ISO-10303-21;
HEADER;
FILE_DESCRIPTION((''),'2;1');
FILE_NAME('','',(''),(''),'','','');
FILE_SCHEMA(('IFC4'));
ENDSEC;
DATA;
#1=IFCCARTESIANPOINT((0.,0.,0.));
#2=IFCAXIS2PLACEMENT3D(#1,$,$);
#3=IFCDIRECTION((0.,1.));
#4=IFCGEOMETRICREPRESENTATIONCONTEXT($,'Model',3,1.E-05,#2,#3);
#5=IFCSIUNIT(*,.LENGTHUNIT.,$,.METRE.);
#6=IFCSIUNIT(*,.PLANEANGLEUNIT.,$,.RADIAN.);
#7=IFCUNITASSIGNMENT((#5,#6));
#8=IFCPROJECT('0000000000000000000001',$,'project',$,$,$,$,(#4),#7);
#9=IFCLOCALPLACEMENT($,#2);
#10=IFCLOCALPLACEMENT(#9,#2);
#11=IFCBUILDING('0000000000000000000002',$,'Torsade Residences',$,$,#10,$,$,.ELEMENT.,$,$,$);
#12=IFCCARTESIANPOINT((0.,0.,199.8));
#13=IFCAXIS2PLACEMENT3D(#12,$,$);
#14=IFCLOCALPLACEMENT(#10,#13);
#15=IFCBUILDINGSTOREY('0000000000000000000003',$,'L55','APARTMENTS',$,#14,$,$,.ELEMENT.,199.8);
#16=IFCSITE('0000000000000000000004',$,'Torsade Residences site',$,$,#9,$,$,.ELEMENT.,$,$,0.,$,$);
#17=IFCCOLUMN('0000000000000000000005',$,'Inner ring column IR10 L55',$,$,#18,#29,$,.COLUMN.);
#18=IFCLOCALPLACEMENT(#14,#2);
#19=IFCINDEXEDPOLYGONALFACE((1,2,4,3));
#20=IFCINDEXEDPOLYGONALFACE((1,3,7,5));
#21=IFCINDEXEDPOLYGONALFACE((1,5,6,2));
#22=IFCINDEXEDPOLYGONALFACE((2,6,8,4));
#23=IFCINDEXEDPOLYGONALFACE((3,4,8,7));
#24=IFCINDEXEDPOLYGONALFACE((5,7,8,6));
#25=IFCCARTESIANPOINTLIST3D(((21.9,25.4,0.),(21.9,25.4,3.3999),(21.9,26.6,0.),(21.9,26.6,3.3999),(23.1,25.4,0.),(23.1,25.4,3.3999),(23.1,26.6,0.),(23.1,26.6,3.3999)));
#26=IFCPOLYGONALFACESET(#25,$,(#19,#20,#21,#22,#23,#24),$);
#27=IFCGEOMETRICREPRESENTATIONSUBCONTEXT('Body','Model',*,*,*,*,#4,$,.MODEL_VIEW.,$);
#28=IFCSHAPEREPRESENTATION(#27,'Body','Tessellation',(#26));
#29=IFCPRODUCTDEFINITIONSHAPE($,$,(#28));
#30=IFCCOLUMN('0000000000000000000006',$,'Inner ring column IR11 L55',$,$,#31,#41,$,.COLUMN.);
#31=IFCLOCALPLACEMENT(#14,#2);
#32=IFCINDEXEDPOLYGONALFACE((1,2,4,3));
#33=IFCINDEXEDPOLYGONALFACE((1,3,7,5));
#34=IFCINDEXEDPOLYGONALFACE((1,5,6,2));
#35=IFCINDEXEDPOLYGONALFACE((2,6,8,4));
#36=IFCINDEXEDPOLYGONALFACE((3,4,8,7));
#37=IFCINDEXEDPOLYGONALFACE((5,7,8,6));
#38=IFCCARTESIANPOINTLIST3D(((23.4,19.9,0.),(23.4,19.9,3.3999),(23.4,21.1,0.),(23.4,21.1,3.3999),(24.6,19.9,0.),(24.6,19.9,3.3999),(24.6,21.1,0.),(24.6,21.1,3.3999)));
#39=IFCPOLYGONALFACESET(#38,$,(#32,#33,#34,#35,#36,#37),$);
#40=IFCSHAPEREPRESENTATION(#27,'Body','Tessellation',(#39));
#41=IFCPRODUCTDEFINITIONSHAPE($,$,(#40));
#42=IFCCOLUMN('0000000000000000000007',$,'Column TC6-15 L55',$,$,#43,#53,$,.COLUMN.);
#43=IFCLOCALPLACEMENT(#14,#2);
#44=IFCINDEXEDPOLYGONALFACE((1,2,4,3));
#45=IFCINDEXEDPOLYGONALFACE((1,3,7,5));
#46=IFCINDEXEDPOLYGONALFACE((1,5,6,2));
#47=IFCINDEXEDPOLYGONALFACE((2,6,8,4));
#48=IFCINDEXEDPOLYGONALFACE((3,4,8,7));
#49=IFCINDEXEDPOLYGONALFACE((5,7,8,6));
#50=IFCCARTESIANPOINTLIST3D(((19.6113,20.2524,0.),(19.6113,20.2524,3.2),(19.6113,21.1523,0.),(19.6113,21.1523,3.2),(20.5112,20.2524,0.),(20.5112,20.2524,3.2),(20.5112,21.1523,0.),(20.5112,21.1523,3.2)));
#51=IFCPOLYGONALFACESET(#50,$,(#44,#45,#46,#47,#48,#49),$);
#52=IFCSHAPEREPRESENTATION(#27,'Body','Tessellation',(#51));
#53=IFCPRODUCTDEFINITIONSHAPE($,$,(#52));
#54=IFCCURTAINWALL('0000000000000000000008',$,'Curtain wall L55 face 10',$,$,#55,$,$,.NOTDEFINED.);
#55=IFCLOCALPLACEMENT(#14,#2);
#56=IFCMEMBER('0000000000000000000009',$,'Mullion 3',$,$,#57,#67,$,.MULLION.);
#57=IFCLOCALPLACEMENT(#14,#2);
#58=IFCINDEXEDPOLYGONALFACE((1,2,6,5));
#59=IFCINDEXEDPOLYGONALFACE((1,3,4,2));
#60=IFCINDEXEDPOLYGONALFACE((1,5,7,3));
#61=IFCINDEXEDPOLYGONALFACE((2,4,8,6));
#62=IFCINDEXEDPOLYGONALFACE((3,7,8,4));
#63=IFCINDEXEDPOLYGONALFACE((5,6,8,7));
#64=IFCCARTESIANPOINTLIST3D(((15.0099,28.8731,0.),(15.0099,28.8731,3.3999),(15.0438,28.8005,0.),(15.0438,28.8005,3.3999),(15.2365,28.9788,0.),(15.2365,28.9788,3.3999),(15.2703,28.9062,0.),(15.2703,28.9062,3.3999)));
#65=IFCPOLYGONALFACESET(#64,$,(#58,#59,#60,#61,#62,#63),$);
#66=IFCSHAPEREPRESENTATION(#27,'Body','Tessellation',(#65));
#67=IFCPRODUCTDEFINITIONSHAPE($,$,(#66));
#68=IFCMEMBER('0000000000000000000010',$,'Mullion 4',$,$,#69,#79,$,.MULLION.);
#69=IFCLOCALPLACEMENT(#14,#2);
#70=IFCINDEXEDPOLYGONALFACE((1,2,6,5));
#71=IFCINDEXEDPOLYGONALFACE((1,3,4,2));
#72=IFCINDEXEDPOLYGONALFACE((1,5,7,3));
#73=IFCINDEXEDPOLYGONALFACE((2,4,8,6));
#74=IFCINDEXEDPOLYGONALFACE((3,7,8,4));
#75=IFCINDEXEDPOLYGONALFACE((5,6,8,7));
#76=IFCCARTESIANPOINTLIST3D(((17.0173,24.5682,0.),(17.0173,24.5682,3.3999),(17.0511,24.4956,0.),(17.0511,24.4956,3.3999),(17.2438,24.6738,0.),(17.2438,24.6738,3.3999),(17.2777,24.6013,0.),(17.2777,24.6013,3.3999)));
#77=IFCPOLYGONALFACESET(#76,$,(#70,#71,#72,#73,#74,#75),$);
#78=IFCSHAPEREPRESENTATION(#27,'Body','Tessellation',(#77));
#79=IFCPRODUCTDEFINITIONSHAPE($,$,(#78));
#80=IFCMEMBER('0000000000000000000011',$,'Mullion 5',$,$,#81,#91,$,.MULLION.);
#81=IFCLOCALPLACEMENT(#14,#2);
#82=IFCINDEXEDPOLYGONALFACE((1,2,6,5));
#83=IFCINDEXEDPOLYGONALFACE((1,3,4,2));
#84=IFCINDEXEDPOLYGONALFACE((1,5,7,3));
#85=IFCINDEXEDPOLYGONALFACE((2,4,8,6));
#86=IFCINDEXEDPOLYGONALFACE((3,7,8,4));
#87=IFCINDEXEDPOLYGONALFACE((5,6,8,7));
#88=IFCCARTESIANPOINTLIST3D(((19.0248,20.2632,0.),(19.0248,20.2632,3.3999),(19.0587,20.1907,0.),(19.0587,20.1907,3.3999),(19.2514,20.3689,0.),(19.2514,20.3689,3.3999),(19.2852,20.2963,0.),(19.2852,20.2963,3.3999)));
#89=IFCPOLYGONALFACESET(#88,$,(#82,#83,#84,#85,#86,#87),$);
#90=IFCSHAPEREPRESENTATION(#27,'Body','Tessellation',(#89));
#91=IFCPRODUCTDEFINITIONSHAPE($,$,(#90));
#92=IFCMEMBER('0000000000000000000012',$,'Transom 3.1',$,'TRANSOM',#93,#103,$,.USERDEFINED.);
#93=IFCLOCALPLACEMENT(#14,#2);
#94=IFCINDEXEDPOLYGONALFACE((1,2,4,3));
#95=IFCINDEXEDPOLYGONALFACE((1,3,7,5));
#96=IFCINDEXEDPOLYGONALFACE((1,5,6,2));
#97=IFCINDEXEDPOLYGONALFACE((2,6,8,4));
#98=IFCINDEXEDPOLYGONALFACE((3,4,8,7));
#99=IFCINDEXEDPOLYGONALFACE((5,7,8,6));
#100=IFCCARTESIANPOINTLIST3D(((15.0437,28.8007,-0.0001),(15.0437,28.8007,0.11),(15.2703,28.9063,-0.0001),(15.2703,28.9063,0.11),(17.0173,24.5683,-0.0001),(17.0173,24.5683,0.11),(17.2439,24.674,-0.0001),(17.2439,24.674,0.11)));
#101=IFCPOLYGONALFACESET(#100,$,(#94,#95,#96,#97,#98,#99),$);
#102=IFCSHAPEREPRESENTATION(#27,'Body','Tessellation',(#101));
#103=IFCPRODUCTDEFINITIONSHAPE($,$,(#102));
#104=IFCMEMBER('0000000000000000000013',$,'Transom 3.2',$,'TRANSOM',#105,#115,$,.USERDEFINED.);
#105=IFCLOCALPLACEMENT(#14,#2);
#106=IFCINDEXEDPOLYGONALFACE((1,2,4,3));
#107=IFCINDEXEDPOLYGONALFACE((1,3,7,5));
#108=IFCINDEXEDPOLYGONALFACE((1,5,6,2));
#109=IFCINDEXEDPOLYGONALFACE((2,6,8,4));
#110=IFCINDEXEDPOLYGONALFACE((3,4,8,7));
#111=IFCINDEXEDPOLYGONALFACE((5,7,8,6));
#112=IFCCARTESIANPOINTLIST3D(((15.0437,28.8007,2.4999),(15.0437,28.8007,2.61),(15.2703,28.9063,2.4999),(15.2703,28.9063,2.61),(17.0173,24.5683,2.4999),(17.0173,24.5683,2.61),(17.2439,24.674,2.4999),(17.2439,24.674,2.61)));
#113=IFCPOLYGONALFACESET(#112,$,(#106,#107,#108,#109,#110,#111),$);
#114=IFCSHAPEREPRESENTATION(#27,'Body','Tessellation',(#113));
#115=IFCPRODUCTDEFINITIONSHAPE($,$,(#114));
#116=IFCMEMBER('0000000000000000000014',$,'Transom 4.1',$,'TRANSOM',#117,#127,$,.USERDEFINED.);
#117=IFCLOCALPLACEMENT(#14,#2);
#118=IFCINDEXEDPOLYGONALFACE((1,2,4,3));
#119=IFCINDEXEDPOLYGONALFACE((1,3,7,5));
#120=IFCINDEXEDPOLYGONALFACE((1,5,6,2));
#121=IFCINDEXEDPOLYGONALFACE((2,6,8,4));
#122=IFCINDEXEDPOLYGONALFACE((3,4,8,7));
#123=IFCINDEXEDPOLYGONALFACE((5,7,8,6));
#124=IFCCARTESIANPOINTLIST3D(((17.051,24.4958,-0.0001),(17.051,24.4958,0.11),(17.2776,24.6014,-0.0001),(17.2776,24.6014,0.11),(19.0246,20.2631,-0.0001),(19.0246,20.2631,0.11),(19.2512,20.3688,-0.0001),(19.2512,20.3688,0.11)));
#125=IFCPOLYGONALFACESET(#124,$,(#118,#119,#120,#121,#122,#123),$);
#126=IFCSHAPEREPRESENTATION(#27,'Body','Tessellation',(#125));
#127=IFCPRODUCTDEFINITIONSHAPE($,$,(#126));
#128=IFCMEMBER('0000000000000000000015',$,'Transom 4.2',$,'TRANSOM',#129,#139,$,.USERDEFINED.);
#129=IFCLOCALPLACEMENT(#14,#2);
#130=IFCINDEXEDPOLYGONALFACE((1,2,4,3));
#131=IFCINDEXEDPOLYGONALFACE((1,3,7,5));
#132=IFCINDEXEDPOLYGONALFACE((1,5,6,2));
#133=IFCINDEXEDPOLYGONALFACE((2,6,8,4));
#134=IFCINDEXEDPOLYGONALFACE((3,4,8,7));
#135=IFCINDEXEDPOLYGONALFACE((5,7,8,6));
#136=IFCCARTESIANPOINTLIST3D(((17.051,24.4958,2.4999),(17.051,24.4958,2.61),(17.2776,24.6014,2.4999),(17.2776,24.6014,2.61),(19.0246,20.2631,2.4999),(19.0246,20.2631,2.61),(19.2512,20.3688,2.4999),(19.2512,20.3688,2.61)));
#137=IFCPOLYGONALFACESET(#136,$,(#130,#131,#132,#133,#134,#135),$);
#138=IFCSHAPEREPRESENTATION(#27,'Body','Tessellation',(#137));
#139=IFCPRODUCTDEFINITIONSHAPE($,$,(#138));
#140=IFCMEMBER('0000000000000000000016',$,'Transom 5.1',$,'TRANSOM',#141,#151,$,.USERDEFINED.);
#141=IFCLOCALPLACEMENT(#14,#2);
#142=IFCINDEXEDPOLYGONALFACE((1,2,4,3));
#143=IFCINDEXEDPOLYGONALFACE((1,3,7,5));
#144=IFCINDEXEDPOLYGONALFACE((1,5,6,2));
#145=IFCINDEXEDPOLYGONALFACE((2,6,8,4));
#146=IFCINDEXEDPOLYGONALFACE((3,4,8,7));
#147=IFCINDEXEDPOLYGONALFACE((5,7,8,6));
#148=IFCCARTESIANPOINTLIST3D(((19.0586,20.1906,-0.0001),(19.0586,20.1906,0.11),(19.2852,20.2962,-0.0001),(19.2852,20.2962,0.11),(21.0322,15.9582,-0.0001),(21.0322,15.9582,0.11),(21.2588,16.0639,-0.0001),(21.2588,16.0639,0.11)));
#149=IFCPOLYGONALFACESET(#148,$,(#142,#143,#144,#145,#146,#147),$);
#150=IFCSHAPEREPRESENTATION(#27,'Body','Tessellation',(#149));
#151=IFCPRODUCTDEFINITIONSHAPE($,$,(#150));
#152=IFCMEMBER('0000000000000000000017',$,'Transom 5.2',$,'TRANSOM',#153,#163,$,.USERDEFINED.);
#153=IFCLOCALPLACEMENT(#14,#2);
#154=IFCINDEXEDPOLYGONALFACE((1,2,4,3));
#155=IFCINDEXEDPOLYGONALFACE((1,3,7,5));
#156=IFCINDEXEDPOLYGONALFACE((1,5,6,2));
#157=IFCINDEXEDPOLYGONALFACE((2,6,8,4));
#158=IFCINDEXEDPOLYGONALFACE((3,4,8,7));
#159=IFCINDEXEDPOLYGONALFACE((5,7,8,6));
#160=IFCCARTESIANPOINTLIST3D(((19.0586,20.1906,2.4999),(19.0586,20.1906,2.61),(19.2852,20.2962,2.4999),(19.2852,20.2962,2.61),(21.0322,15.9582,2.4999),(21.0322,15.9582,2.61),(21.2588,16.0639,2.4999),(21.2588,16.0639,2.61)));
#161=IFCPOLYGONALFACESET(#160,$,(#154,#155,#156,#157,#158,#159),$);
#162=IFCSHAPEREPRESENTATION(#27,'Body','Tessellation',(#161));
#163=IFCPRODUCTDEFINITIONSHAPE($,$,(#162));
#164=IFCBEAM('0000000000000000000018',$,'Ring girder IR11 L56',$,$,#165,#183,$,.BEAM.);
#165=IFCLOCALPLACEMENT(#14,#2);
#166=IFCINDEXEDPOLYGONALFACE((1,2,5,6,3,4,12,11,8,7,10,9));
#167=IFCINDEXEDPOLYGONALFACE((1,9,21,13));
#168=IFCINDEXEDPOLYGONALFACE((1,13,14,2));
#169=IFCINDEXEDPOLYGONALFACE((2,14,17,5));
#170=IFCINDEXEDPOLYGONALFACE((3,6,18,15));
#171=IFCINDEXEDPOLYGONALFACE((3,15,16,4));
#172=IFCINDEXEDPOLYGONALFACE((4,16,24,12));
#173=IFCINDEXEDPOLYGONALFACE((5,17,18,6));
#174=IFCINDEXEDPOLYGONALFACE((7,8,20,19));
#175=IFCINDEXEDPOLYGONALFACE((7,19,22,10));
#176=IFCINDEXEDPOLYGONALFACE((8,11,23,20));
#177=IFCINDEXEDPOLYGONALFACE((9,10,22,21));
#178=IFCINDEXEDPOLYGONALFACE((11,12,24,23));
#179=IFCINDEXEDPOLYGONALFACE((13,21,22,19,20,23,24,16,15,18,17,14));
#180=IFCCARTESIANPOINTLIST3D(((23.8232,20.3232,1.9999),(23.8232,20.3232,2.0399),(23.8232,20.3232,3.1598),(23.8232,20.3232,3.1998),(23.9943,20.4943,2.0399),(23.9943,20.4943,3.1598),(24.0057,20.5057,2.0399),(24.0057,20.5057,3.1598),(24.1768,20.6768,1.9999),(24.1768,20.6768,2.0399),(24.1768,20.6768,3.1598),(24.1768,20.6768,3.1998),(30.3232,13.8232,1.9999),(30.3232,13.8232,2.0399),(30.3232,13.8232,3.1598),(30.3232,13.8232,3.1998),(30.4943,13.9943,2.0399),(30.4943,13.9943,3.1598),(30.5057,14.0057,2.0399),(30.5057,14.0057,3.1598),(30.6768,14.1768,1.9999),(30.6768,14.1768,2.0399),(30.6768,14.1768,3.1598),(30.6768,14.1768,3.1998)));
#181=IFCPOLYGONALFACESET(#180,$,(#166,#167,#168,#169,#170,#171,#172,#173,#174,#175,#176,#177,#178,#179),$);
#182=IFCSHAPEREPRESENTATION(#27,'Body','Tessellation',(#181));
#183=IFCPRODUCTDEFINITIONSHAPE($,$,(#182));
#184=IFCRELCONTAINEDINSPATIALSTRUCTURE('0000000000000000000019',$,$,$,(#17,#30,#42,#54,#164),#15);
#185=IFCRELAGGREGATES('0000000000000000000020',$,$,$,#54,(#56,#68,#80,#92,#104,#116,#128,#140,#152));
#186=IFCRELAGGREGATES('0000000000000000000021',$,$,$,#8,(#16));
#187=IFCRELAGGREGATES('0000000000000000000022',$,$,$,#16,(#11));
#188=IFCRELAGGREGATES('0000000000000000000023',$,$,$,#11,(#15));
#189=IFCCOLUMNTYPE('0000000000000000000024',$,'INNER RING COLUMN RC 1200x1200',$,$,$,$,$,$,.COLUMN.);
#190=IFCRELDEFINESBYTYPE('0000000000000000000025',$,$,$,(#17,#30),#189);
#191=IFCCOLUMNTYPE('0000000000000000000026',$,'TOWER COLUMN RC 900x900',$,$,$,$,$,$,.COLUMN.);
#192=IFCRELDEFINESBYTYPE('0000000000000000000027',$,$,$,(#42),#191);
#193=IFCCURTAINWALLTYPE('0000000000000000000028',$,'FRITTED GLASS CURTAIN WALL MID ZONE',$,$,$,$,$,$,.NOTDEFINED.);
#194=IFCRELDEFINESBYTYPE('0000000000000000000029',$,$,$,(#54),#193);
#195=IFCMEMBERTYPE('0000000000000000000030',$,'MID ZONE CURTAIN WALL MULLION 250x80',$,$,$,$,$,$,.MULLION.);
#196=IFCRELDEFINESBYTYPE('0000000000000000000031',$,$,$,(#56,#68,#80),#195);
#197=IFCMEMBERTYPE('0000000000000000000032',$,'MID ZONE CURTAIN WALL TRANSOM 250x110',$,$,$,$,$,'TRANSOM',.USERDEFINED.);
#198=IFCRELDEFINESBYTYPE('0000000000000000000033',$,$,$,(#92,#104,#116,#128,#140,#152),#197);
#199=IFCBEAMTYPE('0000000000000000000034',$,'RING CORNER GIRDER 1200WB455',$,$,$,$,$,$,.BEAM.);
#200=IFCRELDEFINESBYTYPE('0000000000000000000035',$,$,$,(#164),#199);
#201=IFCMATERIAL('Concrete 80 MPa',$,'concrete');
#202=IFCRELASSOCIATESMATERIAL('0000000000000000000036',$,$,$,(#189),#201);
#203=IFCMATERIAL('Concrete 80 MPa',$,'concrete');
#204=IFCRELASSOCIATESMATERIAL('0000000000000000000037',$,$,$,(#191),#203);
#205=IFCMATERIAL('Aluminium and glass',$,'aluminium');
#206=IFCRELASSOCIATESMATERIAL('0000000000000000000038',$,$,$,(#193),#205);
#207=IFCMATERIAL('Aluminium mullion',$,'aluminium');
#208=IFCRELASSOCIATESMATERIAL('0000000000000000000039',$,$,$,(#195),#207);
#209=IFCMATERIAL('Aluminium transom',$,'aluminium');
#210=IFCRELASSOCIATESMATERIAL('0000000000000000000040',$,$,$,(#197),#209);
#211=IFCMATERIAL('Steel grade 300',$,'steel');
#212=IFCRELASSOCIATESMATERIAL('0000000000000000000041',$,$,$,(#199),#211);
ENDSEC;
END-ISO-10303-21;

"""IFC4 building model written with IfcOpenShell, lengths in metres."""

from ifc_helpers import new_model, si_unit, direction, frame, origin, origin_2d, place, context, subcontext, project, spatial, rectangle, i_section, extrude, material, material_profile, profile_set, type_object, element, aggregate, save


model = new_model("IFC4")

# Units and contexts
model_context = context("Model", 3, precision=1e-05, world=origin(), true_north=direction((0.0, 1.0)))
body_context = subcontext(model_context, "Body", "Model", "MODEL_VIEW")
ifc_project = project(units=[si_unit("LENGTHUNIT", "METRE"), si_unit("PLANEANGLEUNIT", "RADIAN")], contexts=[model_context])

# Site, building, storey
site_placement = place(None, origin())
site = spatial("IfcSite", under=ifc_project, at=site_placement, Name="Torsade Residences site", CompositionType="ELEMENT", RefElevation=0.0)
building_placement = place(site_placement, origin())
building = spatial("IfcBuilding", under=site, at=building_placement, Name="Torsade Residences", CompositionType="ELEMENT")
storey_placement = place(building_placement, frame((0.0, 0.0, 199.8)))
storey = spatial("IfcBuildingStorey", under=building, at=storey_placement, Name="L55", Description="APARTMENTS", CompositionType="ELEMENT", Elevation=199.8)

# Columns
ifc_material_1 = material(Name="Concrete 80 MPa", Category="concrete")
ifc_material_profile_1 = material_profile(ifc_material_1, rectangle(XDim=1.2, YDim=1.2, at=origin_2d()), Name="RC 1200x1200")
ifc_profile_set_1 = profile_set([ifc_material_profile_1], Name="Concrete 80 MPa")
column_type_1 = type_object("IfcColumnType", Name="INNER RING COLUMN RC 1200x1200", PredefinedType="COLUMN", material=ifc_profile_set_1)
for number, where, z_axis, x_axis, name in (
    (1, (22.5, 26.0, 0.0), (0.0, 0.0, 1.0), (1.0, 0.0, 0.0), "Inner ring column IR10 L55"),
    (2, (24.0, 20.5, 0.0), (0.0, 0.0, 1.0), (1.0, 0.0, 0.0), "Inner ring column IR11 L55"),
):
    element("IfcColumn", number, at=place(storey_placement, frame(where, z_axis=z_axis, x_axis=x_axis)), inside=storey, type_object=column_type_1, Name=name, PredefinedType="COLUMN", context=body_context, shape_type="SweptSolid", body=[
        extrude(rectangle(XDim=1.2, YDim=1.2, at=origin_2d()), origin(), (0.0, 0.0, 1.0), 3.3999),
    ])
ifc_material_2 = material(Name="Concrete 80 MPa", Category="concrete")
ifc_material_profile_2 = material_profile(ifc_material_2, rectangle(XDim=0.8999, YDim=0.8999, at=origin_2d()), Name="RC 900x900")
ifc_profile_set_2 = profile_set([ifc_material_profile_2], Name="Concrete 80 MPa")
column_type_2 = type_object("IfcColumnType", Name="TOWER COLUMN RC 900x900", PredefinedType="COLUMN", material=ifc_profile_set_2)
column_placement = place(storey_placement, frame((20.0613, 20.7024, 0.0), z_axis=(0.0, 0.0, 1.0), x_axis=(1.0, 0.0, 0.0)))
element("IfcColumn", 3, at=column_placement, inside=storey, type_object=column_type_2, Name="Column TC6-15 L55", PredefinedType="COLUMN", context=body_context, shape_type="SweptSolid", body=[
    extrude(rectangle(XDim=0.8999, YDim=0.8999, at=origin_2d()), origin(), (0.0, 0.0, 1.0), 3.2),
])

# Curtain wall, members
ifc_material_3 = material(Name="Aluminium and glass", Category="aluminium")
curtain_wall_type = type_object("IfcCurtainWallType", Name="FRITTED GLASS CURTAIN WALL MID ZONE", PredefinedType="NOTDEFINED", material=ifc_material_3)
curtain_wall_placement = place(storey_placement, origin())
curtain_wall = element("IfcCurtainWall", 4, at=curtain_wall_placement, inside=storey, type_object=curtain_wall_type, Name="Curtain wall L55 face 10", PredefinedType="NOTDEFINED")
ifc_material_4 = material(Name="Aluminium mullion", Category="aluminium")
ifc_material_profile_3 = material_profile(ifc_material_4, rectangle(XDim=0.25, YDim=0.0801, at=origin_2d()), Name="MID ZONE CURTAIN WALL MULLION 250x80")
ifc_profile_set_3 = profile_set([ifc_material_profile_3], Name="Aluminium mullion")
member_type_1 = type_object("IfcMemberType", Name="MID ZONE CURTAIN WALL MULLION 250x80", PredefinedType="MULLION", material=ifc_profile_set_3)
member_1_placement = place(storey_placement, frame((15.1401, 28.8896, 0.0), z_axis=(0.0, 0.0, 1.0), x_axis=(0.906308, 0.422618, 0.0)))
member_1 = element("IfcMember", 5, at=member_1_placement, type_object=member_type_1, Name="Mullion 3", PredefinedType="MULLION", context=body_context, shape_type="SweptSolid", body=[
    extrude(rectangle(XDim=0.25, YDim=0.0801, at=origin_2d()), origin(), (0.0, 0.0, 1.0), 3.3999),
])
member_2_placement = place(storey_placement, frame((17.1475, 24.5847, 0.0), z_axis=(0.0, 0.0, 1.0), x_axis=(0.906308, 0.422618, 0.0)))
member_2 = element("IfcMember", 6, at=member_2_placement, type_object=member_type_1, Name="Mullion 4", PredefinedType="MULLION", context=body_context, shape_type="SweptSolid", body=[
    extrude(rectangle(XDim=0.25, YDim=0.0801, at=origin_2d()), origin(), (0.0, 0.0, 1.0), 3.3999),
])
member_3_placement = place(storey_placement, frame((19.155, 20.2798, 0.0), z_axis=(0.0, 0.0, 1.0), x_axis=(0.906308, 0.422618, 0.0)))
member_3 = element("IfcMember", 7, at=member_3_placement, type_object=member_type_1, Name="Mullion 5", PredefinedType="MULLION", context=body_context, shape_type="SweptSolid", body=[
    extrude(rectangle(XDim=0.25, YDim=0.0801, at=origin_2d()), origin(), (0.0, 0.0, 1.0), 3.3999),
])
ifc_material_5 = material(Name="Aluminium transom", Category="aluminium")
ifc_material_profile_4 = material_profile(ifc_material_5, rectangle(XDim=0.25, YDim=0.1101, at=origin_2d()), Name="MID ZONE CURTAIN WALL TRANSOM 250x110")
ifc_profile_set_4 = profile_set([ifc_material_profile_4], Name="Aluminium transom")
member_type_2 = type_object("IfcMemberType", Name="MID ZONE CURTAIN WALL TRANSOM 250x110", ElementType="TRANSOM", PredefinedType="USERDEFINED", material=ifc_profile_set_4)
member_4_placement = place(storey_placement, frame((15.157, 28.8535, 0.0549), z_axis=(0.422622, -0.906306, 0.0), x_axis=(0.906306, 0.422622, 0.0)))
member_4 = element("IfcMember", 8, at=member_4_placement, type_object=member_type_2, Name="Transom 3.1", ObjectType="TRANSOM", PredefinedType="USERDEFINED", context=body_context, shape_type="SweptSolid", body=[
    extrude(rectangle(XDim=0.25, YDim=0.1101, at=origin_2d()), origin(), (0.0, 0.0, 1.0), 4.6699),
])
member_5_placement = place(storey_placement, frame((15.157, 28.8535, 2.5549), z_axis=(0.422622, -0.906306, 0.0), x_axis=(0.906306, 0.422622, 0.0)))
member_5 = element("IfcMember", 9, at=member_5_placement, type_object=member_type_2, Name="Transom 3.2", ObjectType="TRANSOM", PredefinedType="USERDEFINED", context=body_context, shape_type="SweptSolid", body=[
    extrude(rectangle(XDim=0.25, YDim=0.1101, at=origin_2d()), origin(), (0.0, 0.0, 1.0), 4.6699),
])
member_6_placement = place(storey_placement, frame((17.1643, 24.5486, 0.0549), z_axis=(0.422602, -0.906315, 0.0), x_axis=(0.906315, 0.422602, 0.0)))
member_6 = element("IfcMember", 10, at=member_6_placement, type_object=member_type_2, Name="Transom 4.1", ObjectType="TRANSOM", PredefinedType="USERDEFINED", context=body_context, shape_type="SweptSolid", body=[
    extrude(rectangle(XDim=0.25, YDim=0.1101, at=origin_2d()), origin(), (0.0, 0.0, 1.0), 4.6702),
])
member_7_placement = place(storey_placement, frame((17.1643, 24.5486, 2.5549), z_axis=(0.422602, -0.906315, 0.0), x_axis=(0.906315, 0.422602, 0.0)))
member_7 = element("IfcMember", 11, at=member_7_placement, type_object=member_type_2, Name="Transom 4.2", ObjectType="TRANSOM", PredefinedType="USERDEFINED", context=body_context, shape_type="SweptSolid", body=[
    extrude(rectangle(XDim=0.25, YDim=0.1101, at=origin_2d()), origin(), (0.0, 0.0, 1.0), 4.6702),
])
member_8_placement = place(storey_placement, frame((19.1719, 20.2434, 0.0549), z_axis=(0.422622, -0.906306, 0.0), x_axis=(0.906306, 0.422622, 0.0)))
member_8 = element("IfcMember", 12, at=member_8_placement, type_object=member_type_2, Name="Transom 5.1", ObjectType="TRANSOM", PredefinedType="USERDEFINED", context=body_context, shape_type="SweptSolid", body=[
    extrude(rectangle(XDim=0.25, YDim=0.1101, at=origin_2d()), origin(), (0.0, 0.0, 1.0), 4.6699),
])
member_9_placement = place(storey_placement, frame((19.1719, 20.2434, 2.5549), z_axis=(0.422622, -0.906306, 0.0), x_axis=(0.906306, 0.422622, 0.0)))
member_9 = element("IfcMember", 13, at=member_9_placement, type_object=member_type_2, Name="Transom 5.2", ObjectType="TRANSOM", PredefinedType="USERDEFINED", context=body_context, shape_type="SweptSolid", body=[
    extrude(rectangle(XDim=0.25, YDim=0.1101, at=origin_2d()), origin(), (0.0, 0.0, 1.0), 4.6699),
])

# Beam
ifc_material_6 = material(Name="Steel grade 300", Category="steel")
ifc_material_profile_5 = material_profile(ifc_material_6, i_section(OverallWidth=0.5, OverallDepth=1.2, WebThickness=0.0161, FlangeThickness=0.04, at=origin_2d()), Name="1200WB455")
ifc_profile_set_5 = profile_set([ifc_material_profile_5], Name="Steel grade 300")
beam_type_1 = type_object("IfcBeamType", Name="RING CORNER GIRDER 1200WB455", PredefinedType="BEAM", material=ifc_profile_set_5)
beam_1_placement = place(storey_placement, frame((24.0, 20.5, 2.5999), z_axis=(0.707107, -0.707107, 0.0), x_axis=(0.707107, 0.707107, 0.0)))
element("IfcBeam", 14, at=beam_1_placement, inside=storey, type_object=beam_type_1, Name="Ring girder IR11 L56", PredefinedType="BEAM", context=body_context, shape_type="SweptSolid", body=[
    extrude(i_section(OverallWidth=0.5, OverallDepth=1.2, WebThickness=0.0161, FlangeThickness=0.04, at=origin_2d()), origin(), (0.0, 0.0, 1.0), 9.1924),
])

aggregate(curtain_wall, [member_1, member_2, member_3, member_4, member_5, member_6, member_7, member_8, member_9])

save(model, "model.ifc")
